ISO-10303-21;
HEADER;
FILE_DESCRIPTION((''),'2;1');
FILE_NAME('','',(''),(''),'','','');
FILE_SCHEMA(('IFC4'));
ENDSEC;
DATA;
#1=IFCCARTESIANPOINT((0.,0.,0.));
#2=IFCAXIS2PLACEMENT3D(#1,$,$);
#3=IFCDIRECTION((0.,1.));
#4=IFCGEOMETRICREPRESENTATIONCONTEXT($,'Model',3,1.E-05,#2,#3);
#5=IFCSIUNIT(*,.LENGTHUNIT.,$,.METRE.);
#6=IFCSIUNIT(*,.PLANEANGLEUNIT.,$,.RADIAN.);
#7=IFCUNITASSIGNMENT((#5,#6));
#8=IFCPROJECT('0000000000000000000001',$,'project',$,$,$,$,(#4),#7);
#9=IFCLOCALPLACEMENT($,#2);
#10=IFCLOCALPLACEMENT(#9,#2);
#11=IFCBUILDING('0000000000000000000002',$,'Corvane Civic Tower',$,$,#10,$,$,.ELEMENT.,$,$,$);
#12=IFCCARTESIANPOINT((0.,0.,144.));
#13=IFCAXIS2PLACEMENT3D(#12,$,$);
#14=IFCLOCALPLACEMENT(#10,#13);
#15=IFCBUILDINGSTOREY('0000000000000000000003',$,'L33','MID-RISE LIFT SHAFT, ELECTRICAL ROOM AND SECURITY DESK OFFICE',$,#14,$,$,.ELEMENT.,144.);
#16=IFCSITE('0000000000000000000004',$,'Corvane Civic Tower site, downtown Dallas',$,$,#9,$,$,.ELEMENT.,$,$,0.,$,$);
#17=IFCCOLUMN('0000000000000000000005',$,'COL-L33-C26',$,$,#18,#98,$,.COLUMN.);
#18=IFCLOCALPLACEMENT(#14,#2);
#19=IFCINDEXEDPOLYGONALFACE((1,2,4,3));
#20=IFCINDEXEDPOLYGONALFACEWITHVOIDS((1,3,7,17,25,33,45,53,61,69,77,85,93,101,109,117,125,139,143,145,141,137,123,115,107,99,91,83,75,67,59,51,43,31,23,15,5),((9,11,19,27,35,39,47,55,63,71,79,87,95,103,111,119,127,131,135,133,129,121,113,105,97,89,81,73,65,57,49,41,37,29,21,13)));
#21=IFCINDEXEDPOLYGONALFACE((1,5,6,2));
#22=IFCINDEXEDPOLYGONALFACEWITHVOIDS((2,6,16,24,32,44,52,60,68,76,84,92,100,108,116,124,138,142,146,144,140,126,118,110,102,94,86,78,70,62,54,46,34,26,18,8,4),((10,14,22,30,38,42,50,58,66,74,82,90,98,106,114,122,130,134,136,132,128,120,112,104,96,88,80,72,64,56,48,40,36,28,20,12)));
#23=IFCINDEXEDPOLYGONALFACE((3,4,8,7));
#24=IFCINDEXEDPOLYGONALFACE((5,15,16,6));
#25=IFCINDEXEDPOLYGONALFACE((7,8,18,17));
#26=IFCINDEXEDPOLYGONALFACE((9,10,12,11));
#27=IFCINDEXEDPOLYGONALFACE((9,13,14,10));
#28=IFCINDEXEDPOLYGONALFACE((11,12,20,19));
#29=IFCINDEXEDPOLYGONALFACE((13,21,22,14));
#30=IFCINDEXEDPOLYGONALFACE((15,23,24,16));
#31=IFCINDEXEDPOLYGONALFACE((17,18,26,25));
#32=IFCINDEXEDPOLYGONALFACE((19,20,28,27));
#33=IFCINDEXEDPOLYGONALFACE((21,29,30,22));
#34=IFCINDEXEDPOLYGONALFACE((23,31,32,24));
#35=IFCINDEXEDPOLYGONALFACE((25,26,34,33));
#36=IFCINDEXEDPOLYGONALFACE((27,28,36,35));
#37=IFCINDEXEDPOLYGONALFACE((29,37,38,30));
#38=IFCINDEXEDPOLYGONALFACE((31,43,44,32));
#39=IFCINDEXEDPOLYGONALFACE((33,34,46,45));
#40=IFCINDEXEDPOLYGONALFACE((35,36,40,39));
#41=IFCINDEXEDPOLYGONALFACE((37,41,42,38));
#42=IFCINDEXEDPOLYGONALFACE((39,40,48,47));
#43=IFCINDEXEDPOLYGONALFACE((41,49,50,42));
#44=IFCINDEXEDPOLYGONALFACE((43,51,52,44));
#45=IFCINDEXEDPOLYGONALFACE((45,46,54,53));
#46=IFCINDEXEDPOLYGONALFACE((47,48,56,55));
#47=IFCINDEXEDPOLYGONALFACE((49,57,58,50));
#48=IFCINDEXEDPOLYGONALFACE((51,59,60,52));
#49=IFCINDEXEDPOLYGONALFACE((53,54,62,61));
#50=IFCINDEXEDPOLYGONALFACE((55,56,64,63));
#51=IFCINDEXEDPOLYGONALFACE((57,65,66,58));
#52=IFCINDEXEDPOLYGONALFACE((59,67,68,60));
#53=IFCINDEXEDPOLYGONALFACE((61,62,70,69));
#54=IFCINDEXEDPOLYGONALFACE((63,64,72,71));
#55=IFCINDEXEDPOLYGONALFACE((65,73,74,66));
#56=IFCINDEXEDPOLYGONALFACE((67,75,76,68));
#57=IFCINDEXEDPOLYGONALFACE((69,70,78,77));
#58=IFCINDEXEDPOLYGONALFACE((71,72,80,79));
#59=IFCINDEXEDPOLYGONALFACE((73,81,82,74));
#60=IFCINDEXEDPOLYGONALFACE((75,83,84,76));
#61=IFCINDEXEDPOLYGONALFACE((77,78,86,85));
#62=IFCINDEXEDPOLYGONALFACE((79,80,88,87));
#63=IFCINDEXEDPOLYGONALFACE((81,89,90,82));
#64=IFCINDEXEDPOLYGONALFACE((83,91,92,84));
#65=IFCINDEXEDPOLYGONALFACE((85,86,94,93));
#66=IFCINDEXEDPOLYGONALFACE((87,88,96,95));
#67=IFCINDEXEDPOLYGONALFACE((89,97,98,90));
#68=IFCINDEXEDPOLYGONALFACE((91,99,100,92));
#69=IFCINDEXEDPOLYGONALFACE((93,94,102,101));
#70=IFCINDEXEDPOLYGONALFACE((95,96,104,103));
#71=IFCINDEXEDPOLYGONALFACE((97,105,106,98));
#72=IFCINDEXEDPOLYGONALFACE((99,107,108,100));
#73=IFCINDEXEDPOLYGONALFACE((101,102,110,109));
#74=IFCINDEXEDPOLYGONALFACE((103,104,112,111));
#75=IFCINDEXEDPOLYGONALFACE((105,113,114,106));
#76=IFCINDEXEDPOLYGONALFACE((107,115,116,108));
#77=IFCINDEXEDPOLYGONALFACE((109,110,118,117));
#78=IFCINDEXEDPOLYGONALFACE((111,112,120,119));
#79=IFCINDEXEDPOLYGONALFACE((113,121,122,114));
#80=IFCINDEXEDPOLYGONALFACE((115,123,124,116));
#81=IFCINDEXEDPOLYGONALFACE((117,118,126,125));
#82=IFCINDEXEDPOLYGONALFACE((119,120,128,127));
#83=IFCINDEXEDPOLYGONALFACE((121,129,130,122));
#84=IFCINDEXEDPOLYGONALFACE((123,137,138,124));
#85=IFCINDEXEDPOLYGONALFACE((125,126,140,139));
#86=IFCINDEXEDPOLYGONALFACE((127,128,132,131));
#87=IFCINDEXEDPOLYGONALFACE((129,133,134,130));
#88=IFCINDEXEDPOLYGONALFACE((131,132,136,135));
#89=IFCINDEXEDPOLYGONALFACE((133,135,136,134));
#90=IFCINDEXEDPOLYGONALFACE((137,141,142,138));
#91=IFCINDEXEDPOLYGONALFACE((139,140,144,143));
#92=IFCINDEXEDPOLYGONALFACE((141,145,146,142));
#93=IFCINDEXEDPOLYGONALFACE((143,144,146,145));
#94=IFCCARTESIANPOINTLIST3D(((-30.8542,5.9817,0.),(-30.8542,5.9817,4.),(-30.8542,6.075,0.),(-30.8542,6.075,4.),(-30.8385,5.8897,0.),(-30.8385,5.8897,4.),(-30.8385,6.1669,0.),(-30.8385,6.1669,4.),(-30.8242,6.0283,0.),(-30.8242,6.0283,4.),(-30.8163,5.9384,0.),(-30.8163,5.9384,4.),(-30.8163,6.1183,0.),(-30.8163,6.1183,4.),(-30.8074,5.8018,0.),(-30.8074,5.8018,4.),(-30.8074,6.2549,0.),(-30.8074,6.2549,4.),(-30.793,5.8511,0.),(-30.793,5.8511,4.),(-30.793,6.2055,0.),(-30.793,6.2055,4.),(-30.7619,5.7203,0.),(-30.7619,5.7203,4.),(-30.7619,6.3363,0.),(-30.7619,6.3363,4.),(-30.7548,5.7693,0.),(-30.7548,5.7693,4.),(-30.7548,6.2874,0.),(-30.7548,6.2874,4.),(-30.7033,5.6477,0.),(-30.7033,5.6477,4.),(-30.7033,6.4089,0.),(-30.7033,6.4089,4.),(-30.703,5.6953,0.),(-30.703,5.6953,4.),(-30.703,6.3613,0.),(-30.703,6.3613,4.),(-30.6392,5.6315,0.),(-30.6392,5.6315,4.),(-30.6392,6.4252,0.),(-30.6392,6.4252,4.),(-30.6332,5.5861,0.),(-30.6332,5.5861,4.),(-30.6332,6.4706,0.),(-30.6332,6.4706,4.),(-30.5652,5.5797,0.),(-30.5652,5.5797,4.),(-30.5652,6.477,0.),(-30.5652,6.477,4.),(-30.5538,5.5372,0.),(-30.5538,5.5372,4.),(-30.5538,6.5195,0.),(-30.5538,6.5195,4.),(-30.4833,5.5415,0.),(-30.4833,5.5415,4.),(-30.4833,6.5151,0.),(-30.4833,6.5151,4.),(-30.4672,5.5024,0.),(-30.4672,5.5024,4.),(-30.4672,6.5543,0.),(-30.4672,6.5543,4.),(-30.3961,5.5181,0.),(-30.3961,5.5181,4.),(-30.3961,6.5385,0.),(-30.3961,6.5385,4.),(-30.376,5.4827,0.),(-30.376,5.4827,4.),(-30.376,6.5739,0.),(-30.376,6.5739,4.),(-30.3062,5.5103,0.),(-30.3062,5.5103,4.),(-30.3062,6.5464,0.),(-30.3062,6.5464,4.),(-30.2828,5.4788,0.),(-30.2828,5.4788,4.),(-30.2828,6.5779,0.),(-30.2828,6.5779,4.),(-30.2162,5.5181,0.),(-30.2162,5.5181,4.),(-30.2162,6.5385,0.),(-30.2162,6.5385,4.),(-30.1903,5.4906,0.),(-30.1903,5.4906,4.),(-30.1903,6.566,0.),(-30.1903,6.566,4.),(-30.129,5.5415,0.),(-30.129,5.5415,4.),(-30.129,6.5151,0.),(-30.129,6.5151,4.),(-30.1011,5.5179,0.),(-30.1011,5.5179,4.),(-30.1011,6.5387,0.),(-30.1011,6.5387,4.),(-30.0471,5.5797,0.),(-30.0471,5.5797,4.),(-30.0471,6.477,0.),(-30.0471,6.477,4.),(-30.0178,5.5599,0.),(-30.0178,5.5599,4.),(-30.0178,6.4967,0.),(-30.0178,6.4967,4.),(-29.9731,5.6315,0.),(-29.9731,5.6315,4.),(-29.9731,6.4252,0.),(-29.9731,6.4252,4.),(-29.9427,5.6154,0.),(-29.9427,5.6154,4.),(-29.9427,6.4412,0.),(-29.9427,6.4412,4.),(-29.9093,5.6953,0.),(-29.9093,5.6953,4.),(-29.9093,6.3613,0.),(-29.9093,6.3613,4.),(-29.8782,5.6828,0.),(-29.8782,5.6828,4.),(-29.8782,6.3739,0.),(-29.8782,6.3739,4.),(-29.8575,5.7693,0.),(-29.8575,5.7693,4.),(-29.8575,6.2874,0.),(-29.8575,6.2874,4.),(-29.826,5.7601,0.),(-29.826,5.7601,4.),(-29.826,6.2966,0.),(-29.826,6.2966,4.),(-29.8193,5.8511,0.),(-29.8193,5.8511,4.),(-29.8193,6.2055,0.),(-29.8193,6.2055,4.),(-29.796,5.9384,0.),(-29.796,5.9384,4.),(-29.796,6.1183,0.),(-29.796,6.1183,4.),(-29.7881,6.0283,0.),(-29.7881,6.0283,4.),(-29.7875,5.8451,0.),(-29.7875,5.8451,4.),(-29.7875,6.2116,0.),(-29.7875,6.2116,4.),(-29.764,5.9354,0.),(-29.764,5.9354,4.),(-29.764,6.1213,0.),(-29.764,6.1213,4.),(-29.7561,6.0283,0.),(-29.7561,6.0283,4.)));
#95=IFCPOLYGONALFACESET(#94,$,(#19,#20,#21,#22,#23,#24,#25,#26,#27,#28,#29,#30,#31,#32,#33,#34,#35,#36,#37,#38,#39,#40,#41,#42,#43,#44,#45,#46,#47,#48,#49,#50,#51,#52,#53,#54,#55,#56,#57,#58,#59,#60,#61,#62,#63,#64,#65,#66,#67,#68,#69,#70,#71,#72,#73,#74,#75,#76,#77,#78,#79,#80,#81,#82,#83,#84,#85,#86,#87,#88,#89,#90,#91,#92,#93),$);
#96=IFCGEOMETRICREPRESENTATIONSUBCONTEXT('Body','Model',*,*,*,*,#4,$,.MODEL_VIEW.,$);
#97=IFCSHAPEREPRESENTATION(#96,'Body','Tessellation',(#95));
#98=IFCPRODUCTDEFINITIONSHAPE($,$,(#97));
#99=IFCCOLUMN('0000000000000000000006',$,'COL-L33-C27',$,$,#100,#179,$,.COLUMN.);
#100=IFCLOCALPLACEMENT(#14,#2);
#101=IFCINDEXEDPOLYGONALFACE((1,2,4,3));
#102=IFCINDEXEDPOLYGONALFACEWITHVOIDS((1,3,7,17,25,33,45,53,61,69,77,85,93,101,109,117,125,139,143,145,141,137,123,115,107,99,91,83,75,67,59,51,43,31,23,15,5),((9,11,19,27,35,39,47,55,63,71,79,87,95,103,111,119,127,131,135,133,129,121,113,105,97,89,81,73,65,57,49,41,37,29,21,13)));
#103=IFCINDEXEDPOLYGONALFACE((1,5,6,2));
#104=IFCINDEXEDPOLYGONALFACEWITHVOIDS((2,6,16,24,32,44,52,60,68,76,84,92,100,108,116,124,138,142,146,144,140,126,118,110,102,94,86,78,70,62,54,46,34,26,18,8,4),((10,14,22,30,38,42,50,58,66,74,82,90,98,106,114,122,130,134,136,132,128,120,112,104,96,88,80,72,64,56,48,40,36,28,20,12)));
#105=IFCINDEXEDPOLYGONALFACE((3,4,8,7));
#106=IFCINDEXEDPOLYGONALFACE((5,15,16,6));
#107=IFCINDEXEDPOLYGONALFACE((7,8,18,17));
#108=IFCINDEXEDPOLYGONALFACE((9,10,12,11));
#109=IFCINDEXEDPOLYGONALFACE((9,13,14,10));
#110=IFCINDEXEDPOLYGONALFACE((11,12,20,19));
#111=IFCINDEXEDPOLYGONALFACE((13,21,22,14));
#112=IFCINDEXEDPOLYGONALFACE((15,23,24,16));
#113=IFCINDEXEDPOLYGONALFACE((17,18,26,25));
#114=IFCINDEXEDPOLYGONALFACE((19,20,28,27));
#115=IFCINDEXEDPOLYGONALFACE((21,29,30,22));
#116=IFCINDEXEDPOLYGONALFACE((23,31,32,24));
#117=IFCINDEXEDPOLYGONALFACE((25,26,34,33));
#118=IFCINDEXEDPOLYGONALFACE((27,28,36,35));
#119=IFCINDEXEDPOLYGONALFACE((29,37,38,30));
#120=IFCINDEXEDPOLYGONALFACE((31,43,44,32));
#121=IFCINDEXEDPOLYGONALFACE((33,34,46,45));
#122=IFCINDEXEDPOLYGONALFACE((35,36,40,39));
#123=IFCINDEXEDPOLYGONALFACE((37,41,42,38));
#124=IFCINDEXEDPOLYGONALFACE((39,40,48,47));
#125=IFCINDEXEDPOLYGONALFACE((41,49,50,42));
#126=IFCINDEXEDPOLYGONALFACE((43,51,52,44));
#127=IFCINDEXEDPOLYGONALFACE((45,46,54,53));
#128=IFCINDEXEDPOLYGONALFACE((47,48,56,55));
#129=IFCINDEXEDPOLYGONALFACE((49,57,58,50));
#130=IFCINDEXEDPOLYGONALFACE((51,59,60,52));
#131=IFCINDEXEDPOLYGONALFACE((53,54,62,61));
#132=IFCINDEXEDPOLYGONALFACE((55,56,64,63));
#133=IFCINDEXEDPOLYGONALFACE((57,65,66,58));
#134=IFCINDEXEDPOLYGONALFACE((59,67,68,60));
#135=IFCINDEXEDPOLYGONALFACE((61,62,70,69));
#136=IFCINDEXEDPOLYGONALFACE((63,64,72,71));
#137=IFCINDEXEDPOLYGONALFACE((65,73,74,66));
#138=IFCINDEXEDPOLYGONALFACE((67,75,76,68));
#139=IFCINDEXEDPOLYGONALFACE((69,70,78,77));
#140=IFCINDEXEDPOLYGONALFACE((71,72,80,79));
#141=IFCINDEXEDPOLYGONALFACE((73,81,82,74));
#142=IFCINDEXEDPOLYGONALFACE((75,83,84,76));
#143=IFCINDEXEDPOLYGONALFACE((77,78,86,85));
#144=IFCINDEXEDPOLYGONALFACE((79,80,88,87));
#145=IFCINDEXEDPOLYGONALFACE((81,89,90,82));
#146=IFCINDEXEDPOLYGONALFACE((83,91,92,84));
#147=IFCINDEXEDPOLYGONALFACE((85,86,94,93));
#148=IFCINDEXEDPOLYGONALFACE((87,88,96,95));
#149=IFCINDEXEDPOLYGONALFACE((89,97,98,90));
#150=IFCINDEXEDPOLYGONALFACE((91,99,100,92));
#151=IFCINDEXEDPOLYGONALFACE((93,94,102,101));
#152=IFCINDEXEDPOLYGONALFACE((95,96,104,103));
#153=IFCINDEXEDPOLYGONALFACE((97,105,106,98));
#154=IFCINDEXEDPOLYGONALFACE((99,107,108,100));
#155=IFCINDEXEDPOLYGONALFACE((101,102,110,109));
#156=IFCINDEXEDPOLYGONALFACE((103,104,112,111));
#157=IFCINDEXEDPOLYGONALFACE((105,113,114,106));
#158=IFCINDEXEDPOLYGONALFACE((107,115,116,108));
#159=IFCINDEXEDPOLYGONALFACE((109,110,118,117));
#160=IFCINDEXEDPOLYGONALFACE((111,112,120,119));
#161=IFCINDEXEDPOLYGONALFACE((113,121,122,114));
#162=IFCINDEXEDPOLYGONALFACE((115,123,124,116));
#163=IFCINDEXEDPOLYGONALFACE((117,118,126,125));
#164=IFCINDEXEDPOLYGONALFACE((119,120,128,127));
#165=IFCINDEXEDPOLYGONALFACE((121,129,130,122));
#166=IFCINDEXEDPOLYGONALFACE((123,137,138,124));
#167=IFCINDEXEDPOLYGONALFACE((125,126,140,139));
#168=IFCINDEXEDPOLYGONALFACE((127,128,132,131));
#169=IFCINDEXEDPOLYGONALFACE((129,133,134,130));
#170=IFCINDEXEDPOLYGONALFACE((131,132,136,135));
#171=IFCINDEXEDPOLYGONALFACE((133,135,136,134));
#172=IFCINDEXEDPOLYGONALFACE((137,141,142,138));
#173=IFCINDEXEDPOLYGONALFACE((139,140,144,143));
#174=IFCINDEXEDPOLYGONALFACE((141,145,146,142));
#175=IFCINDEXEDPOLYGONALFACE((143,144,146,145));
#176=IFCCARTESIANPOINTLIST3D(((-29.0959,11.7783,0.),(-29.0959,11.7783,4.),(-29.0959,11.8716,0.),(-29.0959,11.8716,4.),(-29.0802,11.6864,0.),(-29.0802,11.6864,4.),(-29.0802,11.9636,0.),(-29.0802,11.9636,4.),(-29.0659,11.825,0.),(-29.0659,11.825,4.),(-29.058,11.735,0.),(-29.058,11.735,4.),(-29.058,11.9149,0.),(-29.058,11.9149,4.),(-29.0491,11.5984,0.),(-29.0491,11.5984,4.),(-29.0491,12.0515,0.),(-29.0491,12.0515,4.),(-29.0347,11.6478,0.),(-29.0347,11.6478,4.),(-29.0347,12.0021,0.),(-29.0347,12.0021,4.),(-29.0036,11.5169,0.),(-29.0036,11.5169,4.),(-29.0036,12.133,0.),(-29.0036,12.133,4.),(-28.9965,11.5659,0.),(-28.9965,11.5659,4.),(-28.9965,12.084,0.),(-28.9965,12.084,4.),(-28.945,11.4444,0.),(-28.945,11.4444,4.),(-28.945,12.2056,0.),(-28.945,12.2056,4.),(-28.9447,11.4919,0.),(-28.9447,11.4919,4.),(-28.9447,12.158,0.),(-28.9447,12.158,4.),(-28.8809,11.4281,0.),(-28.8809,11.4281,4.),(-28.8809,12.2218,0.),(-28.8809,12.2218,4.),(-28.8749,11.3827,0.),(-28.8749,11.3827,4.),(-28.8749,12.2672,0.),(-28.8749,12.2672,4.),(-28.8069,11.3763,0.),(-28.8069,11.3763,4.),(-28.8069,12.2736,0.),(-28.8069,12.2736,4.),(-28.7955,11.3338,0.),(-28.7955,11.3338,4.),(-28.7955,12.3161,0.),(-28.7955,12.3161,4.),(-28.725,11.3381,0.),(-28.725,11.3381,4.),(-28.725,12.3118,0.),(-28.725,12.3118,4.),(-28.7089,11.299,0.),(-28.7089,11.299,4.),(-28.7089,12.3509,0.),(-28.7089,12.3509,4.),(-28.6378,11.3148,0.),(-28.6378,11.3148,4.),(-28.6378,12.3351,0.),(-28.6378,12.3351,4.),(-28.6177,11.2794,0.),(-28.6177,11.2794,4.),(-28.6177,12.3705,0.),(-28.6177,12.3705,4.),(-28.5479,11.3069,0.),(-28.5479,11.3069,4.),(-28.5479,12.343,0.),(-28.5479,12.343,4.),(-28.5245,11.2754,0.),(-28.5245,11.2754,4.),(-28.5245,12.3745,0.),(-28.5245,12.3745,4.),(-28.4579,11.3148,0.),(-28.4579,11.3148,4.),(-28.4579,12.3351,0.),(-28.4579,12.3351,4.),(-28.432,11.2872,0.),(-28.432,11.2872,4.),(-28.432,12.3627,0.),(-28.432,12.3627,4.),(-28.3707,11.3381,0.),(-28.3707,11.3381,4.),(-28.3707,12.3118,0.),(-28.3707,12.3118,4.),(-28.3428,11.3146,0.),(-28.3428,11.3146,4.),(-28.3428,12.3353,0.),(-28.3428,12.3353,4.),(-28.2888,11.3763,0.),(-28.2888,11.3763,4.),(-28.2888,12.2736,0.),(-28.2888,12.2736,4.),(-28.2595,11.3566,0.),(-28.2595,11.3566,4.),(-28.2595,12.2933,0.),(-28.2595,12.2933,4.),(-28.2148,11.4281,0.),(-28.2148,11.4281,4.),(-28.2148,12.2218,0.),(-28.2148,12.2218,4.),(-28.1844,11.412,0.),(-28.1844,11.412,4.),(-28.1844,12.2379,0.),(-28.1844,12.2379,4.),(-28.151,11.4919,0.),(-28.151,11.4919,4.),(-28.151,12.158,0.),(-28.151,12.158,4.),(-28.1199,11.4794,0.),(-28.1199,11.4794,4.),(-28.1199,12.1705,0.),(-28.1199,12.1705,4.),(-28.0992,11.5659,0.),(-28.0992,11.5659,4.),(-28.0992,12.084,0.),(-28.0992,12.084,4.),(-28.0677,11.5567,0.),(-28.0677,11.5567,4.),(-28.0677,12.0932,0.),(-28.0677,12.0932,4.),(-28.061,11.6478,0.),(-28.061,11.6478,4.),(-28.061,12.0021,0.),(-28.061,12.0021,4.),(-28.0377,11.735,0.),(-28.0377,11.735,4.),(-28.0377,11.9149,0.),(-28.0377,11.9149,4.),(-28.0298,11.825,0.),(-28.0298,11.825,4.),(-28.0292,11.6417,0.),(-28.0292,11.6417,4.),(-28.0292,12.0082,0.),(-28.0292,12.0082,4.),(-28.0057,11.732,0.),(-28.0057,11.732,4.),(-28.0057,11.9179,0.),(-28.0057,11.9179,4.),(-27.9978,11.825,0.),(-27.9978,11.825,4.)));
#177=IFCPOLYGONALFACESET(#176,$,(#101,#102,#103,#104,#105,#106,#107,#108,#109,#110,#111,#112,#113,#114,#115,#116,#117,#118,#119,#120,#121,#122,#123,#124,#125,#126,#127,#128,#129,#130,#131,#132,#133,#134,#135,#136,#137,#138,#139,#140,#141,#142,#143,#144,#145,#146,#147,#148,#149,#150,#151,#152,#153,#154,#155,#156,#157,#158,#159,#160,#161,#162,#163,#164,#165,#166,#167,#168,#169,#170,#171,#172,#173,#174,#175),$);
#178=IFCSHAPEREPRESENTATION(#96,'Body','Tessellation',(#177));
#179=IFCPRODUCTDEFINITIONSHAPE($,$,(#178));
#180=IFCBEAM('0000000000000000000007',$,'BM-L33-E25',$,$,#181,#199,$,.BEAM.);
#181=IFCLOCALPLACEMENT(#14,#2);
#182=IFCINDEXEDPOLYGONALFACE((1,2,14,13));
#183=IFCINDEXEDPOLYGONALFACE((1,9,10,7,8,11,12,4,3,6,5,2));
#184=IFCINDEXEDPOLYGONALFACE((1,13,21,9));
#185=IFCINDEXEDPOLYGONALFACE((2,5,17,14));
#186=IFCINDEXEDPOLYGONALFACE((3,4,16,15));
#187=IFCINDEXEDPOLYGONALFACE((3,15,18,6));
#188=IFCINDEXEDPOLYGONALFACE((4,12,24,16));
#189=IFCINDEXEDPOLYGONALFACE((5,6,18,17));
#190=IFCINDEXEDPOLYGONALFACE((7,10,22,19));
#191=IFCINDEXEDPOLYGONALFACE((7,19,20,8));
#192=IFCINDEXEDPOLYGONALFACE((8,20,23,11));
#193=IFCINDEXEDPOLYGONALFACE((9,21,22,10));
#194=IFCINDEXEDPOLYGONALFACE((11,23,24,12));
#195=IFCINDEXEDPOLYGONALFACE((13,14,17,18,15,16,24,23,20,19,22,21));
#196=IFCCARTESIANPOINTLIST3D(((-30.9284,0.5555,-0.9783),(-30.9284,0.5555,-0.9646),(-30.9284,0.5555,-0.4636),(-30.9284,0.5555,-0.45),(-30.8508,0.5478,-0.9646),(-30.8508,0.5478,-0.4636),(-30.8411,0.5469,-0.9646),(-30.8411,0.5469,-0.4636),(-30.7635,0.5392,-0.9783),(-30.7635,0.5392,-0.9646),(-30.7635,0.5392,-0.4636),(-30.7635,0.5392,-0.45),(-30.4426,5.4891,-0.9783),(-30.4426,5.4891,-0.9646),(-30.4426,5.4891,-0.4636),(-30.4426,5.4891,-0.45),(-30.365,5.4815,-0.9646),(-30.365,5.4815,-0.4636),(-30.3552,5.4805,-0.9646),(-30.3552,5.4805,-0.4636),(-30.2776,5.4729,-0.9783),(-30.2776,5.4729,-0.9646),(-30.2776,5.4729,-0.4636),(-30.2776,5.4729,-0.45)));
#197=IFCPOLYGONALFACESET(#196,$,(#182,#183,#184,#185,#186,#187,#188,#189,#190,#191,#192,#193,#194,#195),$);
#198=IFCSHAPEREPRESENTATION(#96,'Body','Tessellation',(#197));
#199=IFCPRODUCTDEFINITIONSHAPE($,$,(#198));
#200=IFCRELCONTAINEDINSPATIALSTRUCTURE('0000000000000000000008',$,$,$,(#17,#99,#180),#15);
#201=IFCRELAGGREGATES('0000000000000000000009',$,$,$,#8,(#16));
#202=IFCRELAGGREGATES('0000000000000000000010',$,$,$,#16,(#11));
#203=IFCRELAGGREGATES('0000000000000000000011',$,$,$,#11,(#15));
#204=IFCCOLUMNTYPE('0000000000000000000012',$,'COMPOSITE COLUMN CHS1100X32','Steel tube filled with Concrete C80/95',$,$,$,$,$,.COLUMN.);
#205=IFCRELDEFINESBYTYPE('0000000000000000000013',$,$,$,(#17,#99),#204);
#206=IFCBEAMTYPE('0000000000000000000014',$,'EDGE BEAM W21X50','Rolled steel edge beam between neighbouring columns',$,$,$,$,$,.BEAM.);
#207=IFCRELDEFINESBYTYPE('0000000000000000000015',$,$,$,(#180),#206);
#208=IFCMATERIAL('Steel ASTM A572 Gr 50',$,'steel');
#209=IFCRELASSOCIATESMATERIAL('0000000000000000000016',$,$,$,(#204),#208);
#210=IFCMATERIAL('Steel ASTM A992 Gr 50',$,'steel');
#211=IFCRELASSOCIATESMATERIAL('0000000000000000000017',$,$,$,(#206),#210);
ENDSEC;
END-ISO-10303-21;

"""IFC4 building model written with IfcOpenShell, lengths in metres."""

from ifc_helpers import new_model, si_unit, direction, frame, origin, origin_2d, place, context, subcontext, project, spatial, hollow_circle, i_section, extrude, material, material_profile, profile_set, type_object, element, save


model = new_model("IFC4")

# Units and contexts
model_context = context("Model", 3, precision=1e-05, world=origin(), true_north=direction((0.0, 1.0)))
body_context = subcontext(model_context, "Body", "Model", "MODEL_VIEW")
ifc_project = project(units=[si_unit("LENGTHUNIT", "METRE"), si_unit("PLANEANGLEUNIT", "RADIAN")], contexts=[model_context])

# Site, building, storey
site_placement = place(None, origin())
site = spatial("IfcSite", under=ifc_project, at=site_placement, Name="Corvane Civic Tower site, downtown Dallas", CompositionType="ELEMENT", RefElevation=0.0)
building_placement = place(site_placement, origin())
building = spatial("IfcBuilding", under=site, at=building_placement, Name="Corvane Civic Tower", CompositionType="ELEMENT")
storey_placement = place(building_placement, frame((0.0, 0.0, 144.0)))
storey = spatial("IfcBuildingStorey", under=building, at=storey_placement, Name="L33", Description="MID-RISE LIFT SHAFT, ELECTRICAL ROOM AND SECURITY DESK OFFICE", CompositionType="ELEMENT", Elevation=144.0)

# Columns
ifc_material_1 = material(Name="Steel ASTM A572 Gr 50", Category="steel")
ifc_material_profile_1 = material_profile(ifc_material_1, hollow_circle(Radius=0.55, WallThickness=0.032, at=origin_2d()), Name="CHS1100X32")
ifc_profile_set_1 = profile_set([ifc_material_profile_1], Name="Steel ASTM A572 Gr 50")
column_type = type_object("IfcColumnType", Name="COMPOSITE COLUMN CHS1100X32", Description="Steel tube filled with Concrete C80/95", PredefinedType="COLUMN", material=ifc_profile_set_1)
for number, where, z_axis, x_axis, name in (
    (1, (-30.3062, 6.0283, 0.0), (0.0, 0.0, 1.0), (1.0, 0.0, 0.0), "COL-L33-C26"),
    (2, (-28.5479, 11.825, 0.0), (0.0, 0.0, 1.0), (1.0, 0.0, 0.0), "COL-L33-C27"),
):
    element("IfcColumn", number, at=place(storey_placement, frame(where, z_axis=z_axis, x_axis=x_axis)), inside=storey, type_object=column_type, Name=name, PredefinedType="COLUMN", context=body_context, shape_type="SweptSolid", body=[
        extrude(hollow_circle(Radius=0.55, WallThickness=0.032, at=origin_2d()), origin(), (0.0, 0.0, 1.0), 4.0),
    ])

# Beam
ifc_material_2 = material(Name="Steel ASTM A992 Gr 50", Category="steel")
ifc_material_profile_2 = material_profile(ifc_material_2, i_section(OverallWidth=0.1658, OverallDepth=0.5283, WebThickness=0.0098, FlangeThickness=0.0137, at=origin_2d()), Name="W21X50")
ifc_profile_set_2 = profile_set([ifc_material_profile_2], Name="Steel ASTM A992 Gr 50")
beam_type = type_object("IfcBeamType", Name="EDGE BEAM W21X50", Description="Rolled steel edge beam between neighbouring columns", PredefinedType="BEAM", material=ifc_profile_set_2)
beam_1_placement = place(storey_placement, frame((-30.8459, 0.5474, -0.7141), z_axis=(0.098002, 0.995186, 0.0), x_axis=(-0.995186, 0.098002, 0.0)))
element("IfcBeam", 3, at=beam_1_placement, inside=storey, type_object=beam_type, Name="BM-L33-E25", PredefinedType="BEAM", context=body_context, shape_type="SweptSolid", body=[
    extrude(i_section(OverallWidth=0.1658, OverallDepth=0.5283, WebThickness=0.0098, FlangeThickness=0.0137, at=origin_2d()), origin(), (0.0, 0.0, 1.0), 4.9575),
])

save(model, "model.ifc")
